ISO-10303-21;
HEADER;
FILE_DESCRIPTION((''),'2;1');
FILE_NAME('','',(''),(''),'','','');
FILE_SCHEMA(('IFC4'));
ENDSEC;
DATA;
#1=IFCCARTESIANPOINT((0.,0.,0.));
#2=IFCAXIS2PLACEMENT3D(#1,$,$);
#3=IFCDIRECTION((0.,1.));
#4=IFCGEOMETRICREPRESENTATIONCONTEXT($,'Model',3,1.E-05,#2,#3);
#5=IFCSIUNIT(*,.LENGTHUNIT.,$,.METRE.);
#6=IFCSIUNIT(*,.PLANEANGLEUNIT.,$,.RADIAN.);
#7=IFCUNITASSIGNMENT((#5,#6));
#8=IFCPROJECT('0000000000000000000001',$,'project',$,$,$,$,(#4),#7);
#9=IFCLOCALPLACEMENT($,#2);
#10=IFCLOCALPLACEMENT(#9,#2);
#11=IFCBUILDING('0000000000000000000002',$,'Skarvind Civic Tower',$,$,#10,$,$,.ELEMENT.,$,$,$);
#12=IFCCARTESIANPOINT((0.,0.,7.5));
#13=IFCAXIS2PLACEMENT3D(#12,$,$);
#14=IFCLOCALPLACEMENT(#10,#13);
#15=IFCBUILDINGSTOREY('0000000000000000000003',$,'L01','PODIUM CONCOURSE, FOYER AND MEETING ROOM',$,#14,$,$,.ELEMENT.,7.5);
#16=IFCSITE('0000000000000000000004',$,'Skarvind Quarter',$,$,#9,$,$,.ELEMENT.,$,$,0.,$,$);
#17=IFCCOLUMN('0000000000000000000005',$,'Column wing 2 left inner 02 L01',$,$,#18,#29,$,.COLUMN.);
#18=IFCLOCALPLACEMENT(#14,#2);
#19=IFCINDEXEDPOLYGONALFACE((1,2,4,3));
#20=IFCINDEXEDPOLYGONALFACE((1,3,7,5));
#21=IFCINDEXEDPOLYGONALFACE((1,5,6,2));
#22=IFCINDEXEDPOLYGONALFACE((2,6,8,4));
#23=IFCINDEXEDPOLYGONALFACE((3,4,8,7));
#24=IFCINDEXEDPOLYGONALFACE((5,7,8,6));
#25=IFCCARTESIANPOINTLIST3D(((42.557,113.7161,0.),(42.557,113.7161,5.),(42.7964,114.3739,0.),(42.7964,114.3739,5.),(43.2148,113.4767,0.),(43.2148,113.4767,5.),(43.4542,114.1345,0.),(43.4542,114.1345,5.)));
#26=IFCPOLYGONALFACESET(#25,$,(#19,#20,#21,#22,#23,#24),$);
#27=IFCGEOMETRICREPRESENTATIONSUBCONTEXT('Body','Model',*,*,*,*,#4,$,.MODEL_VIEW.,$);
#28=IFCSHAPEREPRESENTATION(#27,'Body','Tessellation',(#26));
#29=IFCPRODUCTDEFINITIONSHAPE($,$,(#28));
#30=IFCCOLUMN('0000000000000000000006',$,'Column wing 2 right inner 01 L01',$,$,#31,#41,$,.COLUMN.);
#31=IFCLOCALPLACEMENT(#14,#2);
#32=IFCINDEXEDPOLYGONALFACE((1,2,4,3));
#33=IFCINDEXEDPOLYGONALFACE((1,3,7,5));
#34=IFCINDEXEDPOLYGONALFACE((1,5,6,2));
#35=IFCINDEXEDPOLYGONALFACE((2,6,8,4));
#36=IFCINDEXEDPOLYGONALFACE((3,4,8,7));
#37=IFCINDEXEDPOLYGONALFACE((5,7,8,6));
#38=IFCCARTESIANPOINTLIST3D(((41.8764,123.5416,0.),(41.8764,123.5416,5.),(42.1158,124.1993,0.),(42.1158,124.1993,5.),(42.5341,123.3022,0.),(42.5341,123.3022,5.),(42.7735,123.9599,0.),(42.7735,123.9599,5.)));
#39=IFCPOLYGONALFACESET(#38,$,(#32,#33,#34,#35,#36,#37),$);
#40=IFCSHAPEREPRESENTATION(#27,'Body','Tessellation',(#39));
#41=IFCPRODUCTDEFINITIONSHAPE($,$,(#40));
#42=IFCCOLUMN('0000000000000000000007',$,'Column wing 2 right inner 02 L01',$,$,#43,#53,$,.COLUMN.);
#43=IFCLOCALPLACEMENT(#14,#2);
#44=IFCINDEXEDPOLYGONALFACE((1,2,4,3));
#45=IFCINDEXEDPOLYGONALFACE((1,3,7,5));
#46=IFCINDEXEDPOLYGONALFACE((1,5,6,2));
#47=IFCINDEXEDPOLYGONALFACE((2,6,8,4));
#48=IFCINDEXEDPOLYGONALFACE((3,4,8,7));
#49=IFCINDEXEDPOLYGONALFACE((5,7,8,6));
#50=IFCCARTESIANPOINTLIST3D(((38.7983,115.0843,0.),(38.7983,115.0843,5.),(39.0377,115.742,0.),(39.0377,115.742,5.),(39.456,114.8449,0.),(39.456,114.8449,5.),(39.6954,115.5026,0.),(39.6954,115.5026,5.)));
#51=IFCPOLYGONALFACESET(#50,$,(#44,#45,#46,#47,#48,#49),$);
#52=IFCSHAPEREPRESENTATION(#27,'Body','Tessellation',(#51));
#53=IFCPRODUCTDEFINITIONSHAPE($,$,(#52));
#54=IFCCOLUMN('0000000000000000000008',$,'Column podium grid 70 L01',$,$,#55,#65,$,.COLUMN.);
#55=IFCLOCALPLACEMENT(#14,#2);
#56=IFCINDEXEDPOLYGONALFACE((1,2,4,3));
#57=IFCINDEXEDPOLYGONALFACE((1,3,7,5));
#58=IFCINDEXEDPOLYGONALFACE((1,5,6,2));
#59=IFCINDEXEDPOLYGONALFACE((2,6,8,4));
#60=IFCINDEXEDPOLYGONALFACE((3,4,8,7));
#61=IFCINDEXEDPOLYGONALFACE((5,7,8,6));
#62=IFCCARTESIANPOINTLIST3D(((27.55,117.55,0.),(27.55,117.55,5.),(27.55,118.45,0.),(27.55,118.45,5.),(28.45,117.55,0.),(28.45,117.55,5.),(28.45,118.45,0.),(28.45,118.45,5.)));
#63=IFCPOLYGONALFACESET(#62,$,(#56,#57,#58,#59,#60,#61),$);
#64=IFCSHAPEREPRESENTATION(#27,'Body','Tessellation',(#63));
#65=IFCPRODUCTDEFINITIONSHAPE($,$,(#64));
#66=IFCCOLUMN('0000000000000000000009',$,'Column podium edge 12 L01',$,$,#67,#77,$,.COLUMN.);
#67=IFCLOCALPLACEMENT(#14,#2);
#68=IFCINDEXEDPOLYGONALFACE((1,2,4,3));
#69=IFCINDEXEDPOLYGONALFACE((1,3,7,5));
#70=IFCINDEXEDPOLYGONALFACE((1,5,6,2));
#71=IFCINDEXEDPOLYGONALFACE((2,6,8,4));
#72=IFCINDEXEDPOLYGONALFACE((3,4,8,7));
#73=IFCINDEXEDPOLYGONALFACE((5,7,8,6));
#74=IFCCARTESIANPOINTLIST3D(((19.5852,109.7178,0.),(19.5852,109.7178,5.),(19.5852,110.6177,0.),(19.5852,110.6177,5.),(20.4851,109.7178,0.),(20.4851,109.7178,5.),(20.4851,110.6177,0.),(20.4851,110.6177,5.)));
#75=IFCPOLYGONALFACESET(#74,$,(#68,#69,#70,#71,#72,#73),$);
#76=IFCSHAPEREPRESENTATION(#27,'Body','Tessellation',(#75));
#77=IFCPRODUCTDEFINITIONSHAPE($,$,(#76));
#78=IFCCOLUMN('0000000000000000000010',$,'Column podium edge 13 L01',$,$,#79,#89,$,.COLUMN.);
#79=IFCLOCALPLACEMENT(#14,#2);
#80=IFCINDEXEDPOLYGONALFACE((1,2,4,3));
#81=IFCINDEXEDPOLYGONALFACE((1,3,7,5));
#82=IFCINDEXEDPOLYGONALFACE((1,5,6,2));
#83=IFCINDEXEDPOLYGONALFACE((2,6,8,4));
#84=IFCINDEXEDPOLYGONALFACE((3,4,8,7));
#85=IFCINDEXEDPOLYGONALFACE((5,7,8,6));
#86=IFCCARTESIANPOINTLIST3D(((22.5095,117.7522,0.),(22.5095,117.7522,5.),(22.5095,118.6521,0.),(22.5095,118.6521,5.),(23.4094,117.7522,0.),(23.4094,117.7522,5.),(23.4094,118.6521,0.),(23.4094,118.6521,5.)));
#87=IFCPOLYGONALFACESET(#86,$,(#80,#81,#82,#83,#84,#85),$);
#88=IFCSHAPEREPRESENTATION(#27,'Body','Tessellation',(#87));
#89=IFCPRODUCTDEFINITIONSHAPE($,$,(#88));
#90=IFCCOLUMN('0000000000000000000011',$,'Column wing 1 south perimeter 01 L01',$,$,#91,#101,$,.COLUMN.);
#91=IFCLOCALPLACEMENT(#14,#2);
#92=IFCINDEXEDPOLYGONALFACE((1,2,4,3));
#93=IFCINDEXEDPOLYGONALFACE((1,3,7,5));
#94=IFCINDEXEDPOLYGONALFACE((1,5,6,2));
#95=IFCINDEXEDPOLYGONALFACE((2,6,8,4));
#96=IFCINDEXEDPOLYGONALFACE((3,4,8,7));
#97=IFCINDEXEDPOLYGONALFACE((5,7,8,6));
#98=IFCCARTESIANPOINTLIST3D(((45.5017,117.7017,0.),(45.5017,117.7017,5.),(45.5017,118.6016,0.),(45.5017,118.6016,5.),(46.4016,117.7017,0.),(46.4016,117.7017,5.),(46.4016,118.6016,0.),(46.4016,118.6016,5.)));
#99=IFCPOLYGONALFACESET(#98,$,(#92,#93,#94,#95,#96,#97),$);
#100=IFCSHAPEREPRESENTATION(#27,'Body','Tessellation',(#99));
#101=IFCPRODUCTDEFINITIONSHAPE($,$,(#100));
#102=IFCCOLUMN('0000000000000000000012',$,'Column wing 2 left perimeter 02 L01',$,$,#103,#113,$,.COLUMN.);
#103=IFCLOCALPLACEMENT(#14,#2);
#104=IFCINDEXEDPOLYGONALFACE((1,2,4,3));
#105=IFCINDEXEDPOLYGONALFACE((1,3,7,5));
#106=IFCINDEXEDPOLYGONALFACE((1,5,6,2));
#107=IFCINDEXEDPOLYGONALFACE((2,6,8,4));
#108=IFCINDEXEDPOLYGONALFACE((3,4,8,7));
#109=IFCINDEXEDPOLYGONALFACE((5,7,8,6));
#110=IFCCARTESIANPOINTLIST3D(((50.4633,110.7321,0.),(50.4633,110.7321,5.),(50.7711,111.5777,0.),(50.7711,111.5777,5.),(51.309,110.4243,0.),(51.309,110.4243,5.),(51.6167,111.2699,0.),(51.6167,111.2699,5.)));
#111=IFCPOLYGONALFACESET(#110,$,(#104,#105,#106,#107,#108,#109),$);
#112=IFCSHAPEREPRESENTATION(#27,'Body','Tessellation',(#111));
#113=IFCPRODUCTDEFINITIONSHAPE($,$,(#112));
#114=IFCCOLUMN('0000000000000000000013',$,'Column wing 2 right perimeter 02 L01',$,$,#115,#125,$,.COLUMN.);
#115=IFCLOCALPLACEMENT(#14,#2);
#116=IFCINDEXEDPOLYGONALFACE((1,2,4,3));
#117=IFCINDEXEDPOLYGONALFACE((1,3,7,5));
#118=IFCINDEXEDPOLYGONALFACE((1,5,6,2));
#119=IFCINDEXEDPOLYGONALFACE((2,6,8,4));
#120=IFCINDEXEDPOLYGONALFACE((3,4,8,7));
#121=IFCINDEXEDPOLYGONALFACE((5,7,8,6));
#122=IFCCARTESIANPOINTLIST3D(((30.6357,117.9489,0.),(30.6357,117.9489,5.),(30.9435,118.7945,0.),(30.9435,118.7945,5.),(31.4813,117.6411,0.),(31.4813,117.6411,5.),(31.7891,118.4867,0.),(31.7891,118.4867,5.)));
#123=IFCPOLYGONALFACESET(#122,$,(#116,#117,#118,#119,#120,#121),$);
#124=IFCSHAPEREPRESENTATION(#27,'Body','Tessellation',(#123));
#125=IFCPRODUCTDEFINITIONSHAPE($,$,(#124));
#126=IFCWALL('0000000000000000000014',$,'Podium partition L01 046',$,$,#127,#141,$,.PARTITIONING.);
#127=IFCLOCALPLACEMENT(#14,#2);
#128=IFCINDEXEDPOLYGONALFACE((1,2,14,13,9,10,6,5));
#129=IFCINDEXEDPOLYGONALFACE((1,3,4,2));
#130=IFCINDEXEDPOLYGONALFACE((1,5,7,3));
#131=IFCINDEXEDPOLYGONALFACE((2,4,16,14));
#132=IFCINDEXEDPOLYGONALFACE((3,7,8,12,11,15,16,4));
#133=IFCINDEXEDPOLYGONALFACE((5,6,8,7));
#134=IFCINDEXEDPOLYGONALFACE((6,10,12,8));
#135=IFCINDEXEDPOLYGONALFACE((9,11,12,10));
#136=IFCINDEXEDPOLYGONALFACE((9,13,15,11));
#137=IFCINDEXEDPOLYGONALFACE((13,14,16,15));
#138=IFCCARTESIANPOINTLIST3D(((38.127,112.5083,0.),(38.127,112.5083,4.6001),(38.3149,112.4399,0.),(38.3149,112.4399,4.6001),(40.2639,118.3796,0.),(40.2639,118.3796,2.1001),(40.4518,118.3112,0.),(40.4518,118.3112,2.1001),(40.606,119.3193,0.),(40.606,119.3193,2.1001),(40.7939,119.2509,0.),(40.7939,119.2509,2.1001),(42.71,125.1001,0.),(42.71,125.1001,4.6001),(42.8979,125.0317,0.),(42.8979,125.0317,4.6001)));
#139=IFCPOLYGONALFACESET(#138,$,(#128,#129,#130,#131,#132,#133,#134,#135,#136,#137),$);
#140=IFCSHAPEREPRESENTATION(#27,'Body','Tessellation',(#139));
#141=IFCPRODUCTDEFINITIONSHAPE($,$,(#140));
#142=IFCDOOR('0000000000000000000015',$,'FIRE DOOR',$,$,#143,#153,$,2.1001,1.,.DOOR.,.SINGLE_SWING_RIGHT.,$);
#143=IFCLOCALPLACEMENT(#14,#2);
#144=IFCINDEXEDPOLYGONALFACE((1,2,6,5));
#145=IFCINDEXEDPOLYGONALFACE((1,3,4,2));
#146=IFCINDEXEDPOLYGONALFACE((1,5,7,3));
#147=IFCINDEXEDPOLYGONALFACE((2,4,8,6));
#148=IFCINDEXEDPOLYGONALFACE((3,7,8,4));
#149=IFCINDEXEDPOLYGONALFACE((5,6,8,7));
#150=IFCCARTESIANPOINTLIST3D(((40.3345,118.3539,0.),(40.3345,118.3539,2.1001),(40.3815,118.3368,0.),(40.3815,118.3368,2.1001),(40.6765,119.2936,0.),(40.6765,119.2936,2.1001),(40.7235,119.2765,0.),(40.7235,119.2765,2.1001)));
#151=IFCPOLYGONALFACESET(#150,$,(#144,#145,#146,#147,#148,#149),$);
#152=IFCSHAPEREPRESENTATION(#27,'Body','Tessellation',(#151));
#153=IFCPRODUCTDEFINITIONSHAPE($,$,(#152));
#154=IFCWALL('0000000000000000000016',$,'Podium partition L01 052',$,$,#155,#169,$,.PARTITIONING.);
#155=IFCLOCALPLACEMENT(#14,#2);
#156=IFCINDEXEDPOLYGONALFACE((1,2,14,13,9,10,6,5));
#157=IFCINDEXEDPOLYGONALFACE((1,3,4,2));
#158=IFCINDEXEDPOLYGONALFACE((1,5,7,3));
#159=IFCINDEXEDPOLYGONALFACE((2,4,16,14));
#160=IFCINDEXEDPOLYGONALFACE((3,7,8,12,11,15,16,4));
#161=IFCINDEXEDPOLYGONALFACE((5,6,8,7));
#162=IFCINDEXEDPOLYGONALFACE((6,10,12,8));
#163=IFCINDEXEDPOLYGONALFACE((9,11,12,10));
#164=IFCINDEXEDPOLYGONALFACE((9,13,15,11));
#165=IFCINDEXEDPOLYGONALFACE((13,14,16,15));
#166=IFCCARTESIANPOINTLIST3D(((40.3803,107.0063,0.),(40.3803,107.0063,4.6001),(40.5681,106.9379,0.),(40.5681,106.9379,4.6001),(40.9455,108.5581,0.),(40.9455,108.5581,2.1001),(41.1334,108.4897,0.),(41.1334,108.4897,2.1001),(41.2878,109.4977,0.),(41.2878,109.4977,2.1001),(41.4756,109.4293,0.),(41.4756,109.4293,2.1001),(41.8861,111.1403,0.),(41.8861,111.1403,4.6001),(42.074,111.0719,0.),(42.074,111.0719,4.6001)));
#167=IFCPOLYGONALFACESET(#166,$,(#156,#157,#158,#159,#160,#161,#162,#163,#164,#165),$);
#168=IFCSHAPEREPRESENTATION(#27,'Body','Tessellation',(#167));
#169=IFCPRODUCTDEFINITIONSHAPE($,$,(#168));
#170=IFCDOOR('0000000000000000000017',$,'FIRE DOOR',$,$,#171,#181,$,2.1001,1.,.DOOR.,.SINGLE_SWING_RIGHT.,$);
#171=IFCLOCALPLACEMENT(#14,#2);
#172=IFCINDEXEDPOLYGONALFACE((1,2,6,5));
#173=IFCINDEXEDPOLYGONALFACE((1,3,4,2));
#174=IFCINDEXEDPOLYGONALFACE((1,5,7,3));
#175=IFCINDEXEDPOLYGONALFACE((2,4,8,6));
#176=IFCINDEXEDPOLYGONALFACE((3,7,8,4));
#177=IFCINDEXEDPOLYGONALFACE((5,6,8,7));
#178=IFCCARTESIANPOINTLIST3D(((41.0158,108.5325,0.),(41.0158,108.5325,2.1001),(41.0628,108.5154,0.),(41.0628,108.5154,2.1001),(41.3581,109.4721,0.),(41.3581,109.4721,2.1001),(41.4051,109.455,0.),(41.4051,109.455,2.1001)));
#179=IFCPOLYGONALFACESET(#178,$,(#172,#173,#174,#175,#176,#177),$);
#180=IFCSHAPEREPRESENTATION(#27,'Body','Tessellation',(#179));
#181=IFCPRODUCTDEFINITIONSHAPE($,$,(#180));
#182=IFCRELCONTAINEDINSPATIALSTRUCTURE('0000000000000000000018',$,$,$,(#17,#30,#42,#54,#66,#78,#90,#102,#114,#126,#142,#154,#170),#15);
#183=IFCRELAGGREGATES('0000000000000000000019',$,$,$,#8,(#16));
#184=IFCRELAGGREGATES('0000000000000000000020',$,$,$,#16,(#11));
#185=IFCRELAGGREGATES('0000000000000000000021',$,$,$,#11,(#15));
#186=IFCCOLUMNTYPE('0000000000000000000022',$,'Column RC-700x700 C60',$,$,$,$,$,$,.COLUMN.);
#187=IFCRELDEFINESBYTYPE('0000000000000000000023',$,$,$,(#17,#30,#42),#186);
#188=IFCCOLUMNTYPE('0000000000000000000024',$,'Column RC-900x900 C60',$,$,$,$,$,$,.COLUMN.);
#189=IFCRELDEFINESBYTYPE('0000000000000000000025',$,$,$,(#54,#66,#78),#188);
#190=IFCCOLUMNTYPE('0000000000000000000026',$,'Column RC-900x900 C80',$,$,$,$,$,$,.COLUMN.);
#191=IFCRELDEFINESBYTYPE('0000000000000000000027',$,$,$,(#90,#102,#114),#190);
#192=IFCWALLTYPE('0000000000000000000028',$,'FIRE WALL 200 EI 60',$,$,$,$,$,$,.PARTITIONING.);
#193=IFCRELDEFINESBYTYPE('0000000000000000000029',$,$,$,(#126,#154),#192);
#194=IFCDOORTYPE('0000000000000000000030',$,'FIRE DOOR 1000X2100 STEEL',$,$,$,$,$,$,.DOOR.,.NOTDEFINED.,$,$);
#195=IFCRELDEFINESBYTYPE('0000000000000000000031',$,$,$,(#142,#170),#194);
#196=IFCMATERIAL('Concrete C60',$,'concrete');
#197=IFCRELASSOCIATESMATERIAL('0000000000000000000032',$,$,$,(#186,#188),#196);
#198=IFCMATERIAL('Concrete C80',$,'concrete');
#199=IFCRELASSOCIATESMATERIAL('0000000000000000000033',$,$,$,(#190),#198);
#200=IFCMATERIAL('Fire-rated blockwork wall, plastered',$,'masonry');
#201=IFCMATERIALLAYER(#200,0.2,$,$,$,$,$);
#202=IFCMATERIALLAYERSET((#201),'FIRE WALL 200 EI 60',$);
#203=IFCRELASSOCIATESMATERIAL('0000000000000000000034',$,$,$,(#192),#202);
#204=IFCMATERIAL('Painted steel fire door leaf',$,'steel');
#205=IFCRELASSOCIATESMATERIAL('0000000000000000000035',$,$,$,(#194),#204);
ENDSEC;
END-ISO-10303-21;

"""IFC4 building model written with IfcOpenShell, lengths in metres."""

from ifc_helpers import new_model, si_unit, direction, frame, frame_2d, origin, origin_2d, place, context, subcontext, project, spatial, rectangle, extrude, material, layer, layer_set, material_profile, profile_set, type_object, element, fill, save


model = new_model("IFC4")

# Units and contexts
model_context = context("Model", 3, precision=1e-05, world=origin(), true_north=direction((0.0, 1.0)))
body_context = subcontext(model_context, "Body", "Model", "MODEL_VIEW")
ifc_project = project(units=[si_unit("LENGTHUNIT", "METRE"), si_unit("PLANEANGLEUNIT", "RADIAN")], contexts=[model_context])

# Site, building, storey
site_placement = place(None, origin())
site = spatial("IfcSite", under=ifc_project, at=site_placement, Name="Skarvind Quarter", CompositionType="ELEMENT", RefElevation=0.0)
building_placement = place(site_placement, origin())
building = spatial("IfcBuilding", under=site, at=building_placement, Name="Skarvind Civic Tower", CompositionType="ELEMENT")
storey_placement = place(building_placement, frame((0.0, 0.0, 7.5)))
storey = spatial("IfcBuildingStorey", under=building, at=storey_placement, Name="L01", Description="PODIUM CONCOURSE, FOYER AND MEETING ROOM", CompositionType="ELEMENT", Elevation=7.5)

# Columns
ifc_material_1 = material(Name="Concrete C60", Category="concrete")
ifc_material_profile_1 = material_profile(ifc_material_1, rectangle(XDim=0.7, YDim=0.7, at=origin_2d()), Name="RC-700x700")
ifc_profile_set_1 = profile_set([ifc_material_profile_1], Name="Concrete C60")
column_type_1 = type_object("IfcColumnType", Name="Column RC-700x700 C60", PredefinedType="COLUMN", material=ifc_profile_set_1)
for number, where, z_axis, x_axis, name in (
    (1, (43.0056, 113.9253, 0.0), (0.0, 0.0, 1.0), (-0.34202, -0.939693, 0.0), "Column wing 2 left inner 02 L01"),
    (2, (42.325, 123.7507, 0.0), (0.0, 0.0, 1.0), (-0.34202, -0.939693, 0.0), "Column wing 2 right inner 01 L01"),
    (3, (39.2468, 115.2935, 0.0), (0.0, 0.0, 1.0), (-0.34202, -0.939693, 0.0), "Column wing 2 right inner 02 L01"),
):
    element("IfcColumn", number, at=place(storey_placement, frame(where, z_axis=z_axis, x_axis=x_axis)), inside=storey, type_object=column_type_1, Name=name, PredefinedType="COLUMN", context=body_context, shape_type="SweptSolid", body=[
        extrude(rectangle(XDim=0.7, YDim=0.7, at=origin_2d()), origin(), (0.0, 0.0, 1.0), 5.0),
    ])
ifc_material_profile_2 = material_profile(ifc_material_1, rectangle(XDim=0.8999, YDim=0.8999, at=origin_2d()), Name="RC-900x900")
ifc_profile_set_2 = profile_set([ifc_material_profile_2], Name="Concrete C60")
column_type_2 = type_object("IfcColumnType", Name="Column RC-900x900 C60", PredefinedType="COLUMN", material=ifc_profile_set_2)
for number, where, z_axis, x_axis, name in (
    (4, (28.0, 118.0, 0.0), (0.0, 0.0, 1.0), (1.0, 0.0, 0.0), "Column podium grid 70 L01"),
    (5, (20.0352, 110.1677, 0.0), (0.0, 0.0, 1.0), (1.0, 0.0, 0.0), "Column podium edge 12 L01"),
    (6, (22.9595, 118.2021, 0.0), (0.0, 0.0, 1.0), (1.0, 0.0, 0.0), "Column podium edge 13 L01"),
):
    element("IfcColumn", number, at=place(storey_placement, frame(where, z_axis=z_axis, x_axis=x_axis)), inside=storey, type_object=column_type_2, Name=name, PredefinedType="COLUMN", context=body_context, shape_type="SweptSolid", body=[
        extrude(rectangle(XDim=0.8999, YDim=0.8999, at=origin_2d()), origin(), (0.0, 0.0, 1.0), 5.0),
    ])
ifc_material_2 = material(Name="Concrete C80", Category="concrete")
ifc_material_profile_3 = material_profile(ifc_material_2, rectangle(XDim=0.8999, YDim=0.8999, at=origin_2d()), Name="RC-900x900")
ifc_profile_set_3 = profile_set([ifc_material_profile_3], Name="Concrete C80")
column_type_3 = type_object("IfcColumnType", Name="Column RC-900x900 C80", PredefinedType="COLUMN", material=ifc_profile_set_3)
for number, where, z_axis, x_axis, name in (
    (7, (45.9517, 118.1516, 0.0), (0.0, 0.0, 1.0), (1.0, 0.0, 0.0), "Column wing 1 south perimeter 01 L01"),
    (8, (51.04, 111.001, 0.0), (0.0, 0.0, 1.0), (-0.34202, -0.939693, 0.0), "Column wing 2 left perimeter 02 L01"),
    (9, (31.2124, 118.2178, 0.0), (0.0, 0.0, 1.0), (-0.34202, -0.939693, 0.0), "Column wing 2 right perimeter 02 L01"),
):
    element("IfcColumn", number, at=place(storey_placement, frame(where, z_axis=z_axis, x_axis=x_axis)), inside=storey, type_object=column_type_3, Name=name, PredefinedType="COLUMN", context=body_context, shape_type="SweptSolid", body=[
        extrude(rectangle(XDim=0.8999, YDim=0.8999, at=origin_2d()), origin(), (0.0, 0.0, 1.0), 5.0),
    ])

# Walls, openings, doors
ifc_material_3 = material(Name="Fire-rated blockwork wall, plastered", Category="masonry")
ifc_layer_1 = layer(ifc_material_3, 0.2)
ifc_layer_set_1 = layer_set([ifc_layer_1], Name="FIRE WALL 200 EI 60")
wall_type_1 = type_object("IfcWallType", Name="FIRE WALL 200 EI 60", PredefinedType="PARTITIONING", material=ifc_layer_set_1)
wall_1_placement = place(storey_placement, frame((38.2209, 112.4741, 0.0), z_axis=(0.0, 0.0, 1.0), x_axis=(0.342018, 0.939693, 0.0)))
wall_1 = element("IfcWall", 10, at=wall_1_placement, inside=storey, type_object=wall_type_1, Name="Podium partition L01 046", PredefinedType="PARTITIONING", context=body_context, shape_type="SweptSolid", body=[
    extrude(rectangle(XDim=13.3999, YDim=0.2, at=frame_2d((6.7, 0.0))), origin(), (0.0, 0.0, 1.0), 4.6001),
])
opening_1_placement = place(wall_1_placement, frame((6.248, 0.0, 0.0)))
opening_1 = element("IfcOpeningElement", 11, at=opening_1_placement, cuts=wall_1, PredefinedType="OPENING", context=body_context, shape_type="SweptSolid", body=[
    extrude(rectangle(XDim=1.0, YDim=2.1001, at=frame_2d((0.5, 1.05))), frame((0.0, 0.1099, 0.0), z_axis=(0.0, -1.0, 0.0), x_axis=(1.0, 0.0, 0.0)), (0.0, 0.0, 1.0), 0.22),
])
ifc_material_4 = material(Name="Painted steel fire door leaf", Category="steel")
door_type = type_object("IfcDoorType", Name="FIRE DOOR 1000X2100 STEEL", OperationType="NOTDEFINED", PredefinedType="DOOR", material=ifc_material_4)
door_1_placement = place(opening_1_placement, origin())
door_1 = element("IfcDoor", 12, at=door_1_placement, inside=storey, type_object=door_type, Name="FIRE DOOR", OperationType="SINGLE_SWING_RIGHT", OverallHeight=2.1001, OverallWidth=1.0, PredefinedType="DOOR", context=body_context, shape_type="SweptSolid", body=[
    extrude(rectangle(XDim=1.0, YDim=2.1001, at=frame_2d((0.5, 1.05))), frame((0.0, 0.0249, 0.0), z_axis=(0.0, -1.0, 0.0), x_axis=(1.0, 0.0, 0.0)), (0.0, 0.0, 1.0), 0.05),
])
fill(opening_1, door_1)
wall_2_placement = place(storey_placement, frame((41.98, 111.106, 0.0), z_axis=(0.0, 0.0, 1.0), x_axis=(-0.34226, -0.939605, 0.0)))
wall_2 = element("IfcWall", 13, at=wall_2_placement, inside=storey, type_object=wall_type_1, Name="Podium partition L01 052", PredefinedType="PARTITIONING", context=body_context, shape_type="SweptSolid", body=[
    extrude(rectangle(XDim=4.3997, YDim=0.2, at=frame_2d((2.1997, 0.0))), origin(), (0.0, 0.0, 1.0), 4.6001),
])
opening_2_placement = place(wall_2_placement, frame((1.748, 0.0, 0.0)))
opening_2 = element("IfcOpeningElement", 14, at=opening_2_placement, cuts=wall_2, PredefinedType="OPENING", context=body_context, shape_type="SweptSolid", body=[
    extrude(rectangle(XDim=1.0, YDim=2.1001, at=frame_2d((0.5, 1.05))), frame((0.0, 0.1099, 0.0), z_axis=(0.0, -1.0, 0.0), x_axis=(1.0, 0.0, 0.0)), (0.0, 0.0, 1.0), 0.22),
])
door_2_placement = place(opening_2_placement, origin())
door_2 = element("IfcDoor", 15, at=door_2_placement, inside=storey, type_object=door_type, Name="FIRE DOOR", OperationType="SINGLE_SWING_RIGHT", OverallHeight=2.1001, OverallWidth=1.0, PredefinedType="DOOR", context=body_context, shape_type="SweptSolid", body=[
    extrude(rectangle(XDim=1.0, YDim=2.1001, at=frame_2d((0.5, 1.05))), frame((0.0, 0.0249, 0.0), z_axis=(0.0, -1.0, 0.0), x_axis=(1.0, 0.0, 0.0)), (0.0, 0.0, 1.0), 0.05),
])
fill(opening_2, door_2)

save(model, "model.ifc")
